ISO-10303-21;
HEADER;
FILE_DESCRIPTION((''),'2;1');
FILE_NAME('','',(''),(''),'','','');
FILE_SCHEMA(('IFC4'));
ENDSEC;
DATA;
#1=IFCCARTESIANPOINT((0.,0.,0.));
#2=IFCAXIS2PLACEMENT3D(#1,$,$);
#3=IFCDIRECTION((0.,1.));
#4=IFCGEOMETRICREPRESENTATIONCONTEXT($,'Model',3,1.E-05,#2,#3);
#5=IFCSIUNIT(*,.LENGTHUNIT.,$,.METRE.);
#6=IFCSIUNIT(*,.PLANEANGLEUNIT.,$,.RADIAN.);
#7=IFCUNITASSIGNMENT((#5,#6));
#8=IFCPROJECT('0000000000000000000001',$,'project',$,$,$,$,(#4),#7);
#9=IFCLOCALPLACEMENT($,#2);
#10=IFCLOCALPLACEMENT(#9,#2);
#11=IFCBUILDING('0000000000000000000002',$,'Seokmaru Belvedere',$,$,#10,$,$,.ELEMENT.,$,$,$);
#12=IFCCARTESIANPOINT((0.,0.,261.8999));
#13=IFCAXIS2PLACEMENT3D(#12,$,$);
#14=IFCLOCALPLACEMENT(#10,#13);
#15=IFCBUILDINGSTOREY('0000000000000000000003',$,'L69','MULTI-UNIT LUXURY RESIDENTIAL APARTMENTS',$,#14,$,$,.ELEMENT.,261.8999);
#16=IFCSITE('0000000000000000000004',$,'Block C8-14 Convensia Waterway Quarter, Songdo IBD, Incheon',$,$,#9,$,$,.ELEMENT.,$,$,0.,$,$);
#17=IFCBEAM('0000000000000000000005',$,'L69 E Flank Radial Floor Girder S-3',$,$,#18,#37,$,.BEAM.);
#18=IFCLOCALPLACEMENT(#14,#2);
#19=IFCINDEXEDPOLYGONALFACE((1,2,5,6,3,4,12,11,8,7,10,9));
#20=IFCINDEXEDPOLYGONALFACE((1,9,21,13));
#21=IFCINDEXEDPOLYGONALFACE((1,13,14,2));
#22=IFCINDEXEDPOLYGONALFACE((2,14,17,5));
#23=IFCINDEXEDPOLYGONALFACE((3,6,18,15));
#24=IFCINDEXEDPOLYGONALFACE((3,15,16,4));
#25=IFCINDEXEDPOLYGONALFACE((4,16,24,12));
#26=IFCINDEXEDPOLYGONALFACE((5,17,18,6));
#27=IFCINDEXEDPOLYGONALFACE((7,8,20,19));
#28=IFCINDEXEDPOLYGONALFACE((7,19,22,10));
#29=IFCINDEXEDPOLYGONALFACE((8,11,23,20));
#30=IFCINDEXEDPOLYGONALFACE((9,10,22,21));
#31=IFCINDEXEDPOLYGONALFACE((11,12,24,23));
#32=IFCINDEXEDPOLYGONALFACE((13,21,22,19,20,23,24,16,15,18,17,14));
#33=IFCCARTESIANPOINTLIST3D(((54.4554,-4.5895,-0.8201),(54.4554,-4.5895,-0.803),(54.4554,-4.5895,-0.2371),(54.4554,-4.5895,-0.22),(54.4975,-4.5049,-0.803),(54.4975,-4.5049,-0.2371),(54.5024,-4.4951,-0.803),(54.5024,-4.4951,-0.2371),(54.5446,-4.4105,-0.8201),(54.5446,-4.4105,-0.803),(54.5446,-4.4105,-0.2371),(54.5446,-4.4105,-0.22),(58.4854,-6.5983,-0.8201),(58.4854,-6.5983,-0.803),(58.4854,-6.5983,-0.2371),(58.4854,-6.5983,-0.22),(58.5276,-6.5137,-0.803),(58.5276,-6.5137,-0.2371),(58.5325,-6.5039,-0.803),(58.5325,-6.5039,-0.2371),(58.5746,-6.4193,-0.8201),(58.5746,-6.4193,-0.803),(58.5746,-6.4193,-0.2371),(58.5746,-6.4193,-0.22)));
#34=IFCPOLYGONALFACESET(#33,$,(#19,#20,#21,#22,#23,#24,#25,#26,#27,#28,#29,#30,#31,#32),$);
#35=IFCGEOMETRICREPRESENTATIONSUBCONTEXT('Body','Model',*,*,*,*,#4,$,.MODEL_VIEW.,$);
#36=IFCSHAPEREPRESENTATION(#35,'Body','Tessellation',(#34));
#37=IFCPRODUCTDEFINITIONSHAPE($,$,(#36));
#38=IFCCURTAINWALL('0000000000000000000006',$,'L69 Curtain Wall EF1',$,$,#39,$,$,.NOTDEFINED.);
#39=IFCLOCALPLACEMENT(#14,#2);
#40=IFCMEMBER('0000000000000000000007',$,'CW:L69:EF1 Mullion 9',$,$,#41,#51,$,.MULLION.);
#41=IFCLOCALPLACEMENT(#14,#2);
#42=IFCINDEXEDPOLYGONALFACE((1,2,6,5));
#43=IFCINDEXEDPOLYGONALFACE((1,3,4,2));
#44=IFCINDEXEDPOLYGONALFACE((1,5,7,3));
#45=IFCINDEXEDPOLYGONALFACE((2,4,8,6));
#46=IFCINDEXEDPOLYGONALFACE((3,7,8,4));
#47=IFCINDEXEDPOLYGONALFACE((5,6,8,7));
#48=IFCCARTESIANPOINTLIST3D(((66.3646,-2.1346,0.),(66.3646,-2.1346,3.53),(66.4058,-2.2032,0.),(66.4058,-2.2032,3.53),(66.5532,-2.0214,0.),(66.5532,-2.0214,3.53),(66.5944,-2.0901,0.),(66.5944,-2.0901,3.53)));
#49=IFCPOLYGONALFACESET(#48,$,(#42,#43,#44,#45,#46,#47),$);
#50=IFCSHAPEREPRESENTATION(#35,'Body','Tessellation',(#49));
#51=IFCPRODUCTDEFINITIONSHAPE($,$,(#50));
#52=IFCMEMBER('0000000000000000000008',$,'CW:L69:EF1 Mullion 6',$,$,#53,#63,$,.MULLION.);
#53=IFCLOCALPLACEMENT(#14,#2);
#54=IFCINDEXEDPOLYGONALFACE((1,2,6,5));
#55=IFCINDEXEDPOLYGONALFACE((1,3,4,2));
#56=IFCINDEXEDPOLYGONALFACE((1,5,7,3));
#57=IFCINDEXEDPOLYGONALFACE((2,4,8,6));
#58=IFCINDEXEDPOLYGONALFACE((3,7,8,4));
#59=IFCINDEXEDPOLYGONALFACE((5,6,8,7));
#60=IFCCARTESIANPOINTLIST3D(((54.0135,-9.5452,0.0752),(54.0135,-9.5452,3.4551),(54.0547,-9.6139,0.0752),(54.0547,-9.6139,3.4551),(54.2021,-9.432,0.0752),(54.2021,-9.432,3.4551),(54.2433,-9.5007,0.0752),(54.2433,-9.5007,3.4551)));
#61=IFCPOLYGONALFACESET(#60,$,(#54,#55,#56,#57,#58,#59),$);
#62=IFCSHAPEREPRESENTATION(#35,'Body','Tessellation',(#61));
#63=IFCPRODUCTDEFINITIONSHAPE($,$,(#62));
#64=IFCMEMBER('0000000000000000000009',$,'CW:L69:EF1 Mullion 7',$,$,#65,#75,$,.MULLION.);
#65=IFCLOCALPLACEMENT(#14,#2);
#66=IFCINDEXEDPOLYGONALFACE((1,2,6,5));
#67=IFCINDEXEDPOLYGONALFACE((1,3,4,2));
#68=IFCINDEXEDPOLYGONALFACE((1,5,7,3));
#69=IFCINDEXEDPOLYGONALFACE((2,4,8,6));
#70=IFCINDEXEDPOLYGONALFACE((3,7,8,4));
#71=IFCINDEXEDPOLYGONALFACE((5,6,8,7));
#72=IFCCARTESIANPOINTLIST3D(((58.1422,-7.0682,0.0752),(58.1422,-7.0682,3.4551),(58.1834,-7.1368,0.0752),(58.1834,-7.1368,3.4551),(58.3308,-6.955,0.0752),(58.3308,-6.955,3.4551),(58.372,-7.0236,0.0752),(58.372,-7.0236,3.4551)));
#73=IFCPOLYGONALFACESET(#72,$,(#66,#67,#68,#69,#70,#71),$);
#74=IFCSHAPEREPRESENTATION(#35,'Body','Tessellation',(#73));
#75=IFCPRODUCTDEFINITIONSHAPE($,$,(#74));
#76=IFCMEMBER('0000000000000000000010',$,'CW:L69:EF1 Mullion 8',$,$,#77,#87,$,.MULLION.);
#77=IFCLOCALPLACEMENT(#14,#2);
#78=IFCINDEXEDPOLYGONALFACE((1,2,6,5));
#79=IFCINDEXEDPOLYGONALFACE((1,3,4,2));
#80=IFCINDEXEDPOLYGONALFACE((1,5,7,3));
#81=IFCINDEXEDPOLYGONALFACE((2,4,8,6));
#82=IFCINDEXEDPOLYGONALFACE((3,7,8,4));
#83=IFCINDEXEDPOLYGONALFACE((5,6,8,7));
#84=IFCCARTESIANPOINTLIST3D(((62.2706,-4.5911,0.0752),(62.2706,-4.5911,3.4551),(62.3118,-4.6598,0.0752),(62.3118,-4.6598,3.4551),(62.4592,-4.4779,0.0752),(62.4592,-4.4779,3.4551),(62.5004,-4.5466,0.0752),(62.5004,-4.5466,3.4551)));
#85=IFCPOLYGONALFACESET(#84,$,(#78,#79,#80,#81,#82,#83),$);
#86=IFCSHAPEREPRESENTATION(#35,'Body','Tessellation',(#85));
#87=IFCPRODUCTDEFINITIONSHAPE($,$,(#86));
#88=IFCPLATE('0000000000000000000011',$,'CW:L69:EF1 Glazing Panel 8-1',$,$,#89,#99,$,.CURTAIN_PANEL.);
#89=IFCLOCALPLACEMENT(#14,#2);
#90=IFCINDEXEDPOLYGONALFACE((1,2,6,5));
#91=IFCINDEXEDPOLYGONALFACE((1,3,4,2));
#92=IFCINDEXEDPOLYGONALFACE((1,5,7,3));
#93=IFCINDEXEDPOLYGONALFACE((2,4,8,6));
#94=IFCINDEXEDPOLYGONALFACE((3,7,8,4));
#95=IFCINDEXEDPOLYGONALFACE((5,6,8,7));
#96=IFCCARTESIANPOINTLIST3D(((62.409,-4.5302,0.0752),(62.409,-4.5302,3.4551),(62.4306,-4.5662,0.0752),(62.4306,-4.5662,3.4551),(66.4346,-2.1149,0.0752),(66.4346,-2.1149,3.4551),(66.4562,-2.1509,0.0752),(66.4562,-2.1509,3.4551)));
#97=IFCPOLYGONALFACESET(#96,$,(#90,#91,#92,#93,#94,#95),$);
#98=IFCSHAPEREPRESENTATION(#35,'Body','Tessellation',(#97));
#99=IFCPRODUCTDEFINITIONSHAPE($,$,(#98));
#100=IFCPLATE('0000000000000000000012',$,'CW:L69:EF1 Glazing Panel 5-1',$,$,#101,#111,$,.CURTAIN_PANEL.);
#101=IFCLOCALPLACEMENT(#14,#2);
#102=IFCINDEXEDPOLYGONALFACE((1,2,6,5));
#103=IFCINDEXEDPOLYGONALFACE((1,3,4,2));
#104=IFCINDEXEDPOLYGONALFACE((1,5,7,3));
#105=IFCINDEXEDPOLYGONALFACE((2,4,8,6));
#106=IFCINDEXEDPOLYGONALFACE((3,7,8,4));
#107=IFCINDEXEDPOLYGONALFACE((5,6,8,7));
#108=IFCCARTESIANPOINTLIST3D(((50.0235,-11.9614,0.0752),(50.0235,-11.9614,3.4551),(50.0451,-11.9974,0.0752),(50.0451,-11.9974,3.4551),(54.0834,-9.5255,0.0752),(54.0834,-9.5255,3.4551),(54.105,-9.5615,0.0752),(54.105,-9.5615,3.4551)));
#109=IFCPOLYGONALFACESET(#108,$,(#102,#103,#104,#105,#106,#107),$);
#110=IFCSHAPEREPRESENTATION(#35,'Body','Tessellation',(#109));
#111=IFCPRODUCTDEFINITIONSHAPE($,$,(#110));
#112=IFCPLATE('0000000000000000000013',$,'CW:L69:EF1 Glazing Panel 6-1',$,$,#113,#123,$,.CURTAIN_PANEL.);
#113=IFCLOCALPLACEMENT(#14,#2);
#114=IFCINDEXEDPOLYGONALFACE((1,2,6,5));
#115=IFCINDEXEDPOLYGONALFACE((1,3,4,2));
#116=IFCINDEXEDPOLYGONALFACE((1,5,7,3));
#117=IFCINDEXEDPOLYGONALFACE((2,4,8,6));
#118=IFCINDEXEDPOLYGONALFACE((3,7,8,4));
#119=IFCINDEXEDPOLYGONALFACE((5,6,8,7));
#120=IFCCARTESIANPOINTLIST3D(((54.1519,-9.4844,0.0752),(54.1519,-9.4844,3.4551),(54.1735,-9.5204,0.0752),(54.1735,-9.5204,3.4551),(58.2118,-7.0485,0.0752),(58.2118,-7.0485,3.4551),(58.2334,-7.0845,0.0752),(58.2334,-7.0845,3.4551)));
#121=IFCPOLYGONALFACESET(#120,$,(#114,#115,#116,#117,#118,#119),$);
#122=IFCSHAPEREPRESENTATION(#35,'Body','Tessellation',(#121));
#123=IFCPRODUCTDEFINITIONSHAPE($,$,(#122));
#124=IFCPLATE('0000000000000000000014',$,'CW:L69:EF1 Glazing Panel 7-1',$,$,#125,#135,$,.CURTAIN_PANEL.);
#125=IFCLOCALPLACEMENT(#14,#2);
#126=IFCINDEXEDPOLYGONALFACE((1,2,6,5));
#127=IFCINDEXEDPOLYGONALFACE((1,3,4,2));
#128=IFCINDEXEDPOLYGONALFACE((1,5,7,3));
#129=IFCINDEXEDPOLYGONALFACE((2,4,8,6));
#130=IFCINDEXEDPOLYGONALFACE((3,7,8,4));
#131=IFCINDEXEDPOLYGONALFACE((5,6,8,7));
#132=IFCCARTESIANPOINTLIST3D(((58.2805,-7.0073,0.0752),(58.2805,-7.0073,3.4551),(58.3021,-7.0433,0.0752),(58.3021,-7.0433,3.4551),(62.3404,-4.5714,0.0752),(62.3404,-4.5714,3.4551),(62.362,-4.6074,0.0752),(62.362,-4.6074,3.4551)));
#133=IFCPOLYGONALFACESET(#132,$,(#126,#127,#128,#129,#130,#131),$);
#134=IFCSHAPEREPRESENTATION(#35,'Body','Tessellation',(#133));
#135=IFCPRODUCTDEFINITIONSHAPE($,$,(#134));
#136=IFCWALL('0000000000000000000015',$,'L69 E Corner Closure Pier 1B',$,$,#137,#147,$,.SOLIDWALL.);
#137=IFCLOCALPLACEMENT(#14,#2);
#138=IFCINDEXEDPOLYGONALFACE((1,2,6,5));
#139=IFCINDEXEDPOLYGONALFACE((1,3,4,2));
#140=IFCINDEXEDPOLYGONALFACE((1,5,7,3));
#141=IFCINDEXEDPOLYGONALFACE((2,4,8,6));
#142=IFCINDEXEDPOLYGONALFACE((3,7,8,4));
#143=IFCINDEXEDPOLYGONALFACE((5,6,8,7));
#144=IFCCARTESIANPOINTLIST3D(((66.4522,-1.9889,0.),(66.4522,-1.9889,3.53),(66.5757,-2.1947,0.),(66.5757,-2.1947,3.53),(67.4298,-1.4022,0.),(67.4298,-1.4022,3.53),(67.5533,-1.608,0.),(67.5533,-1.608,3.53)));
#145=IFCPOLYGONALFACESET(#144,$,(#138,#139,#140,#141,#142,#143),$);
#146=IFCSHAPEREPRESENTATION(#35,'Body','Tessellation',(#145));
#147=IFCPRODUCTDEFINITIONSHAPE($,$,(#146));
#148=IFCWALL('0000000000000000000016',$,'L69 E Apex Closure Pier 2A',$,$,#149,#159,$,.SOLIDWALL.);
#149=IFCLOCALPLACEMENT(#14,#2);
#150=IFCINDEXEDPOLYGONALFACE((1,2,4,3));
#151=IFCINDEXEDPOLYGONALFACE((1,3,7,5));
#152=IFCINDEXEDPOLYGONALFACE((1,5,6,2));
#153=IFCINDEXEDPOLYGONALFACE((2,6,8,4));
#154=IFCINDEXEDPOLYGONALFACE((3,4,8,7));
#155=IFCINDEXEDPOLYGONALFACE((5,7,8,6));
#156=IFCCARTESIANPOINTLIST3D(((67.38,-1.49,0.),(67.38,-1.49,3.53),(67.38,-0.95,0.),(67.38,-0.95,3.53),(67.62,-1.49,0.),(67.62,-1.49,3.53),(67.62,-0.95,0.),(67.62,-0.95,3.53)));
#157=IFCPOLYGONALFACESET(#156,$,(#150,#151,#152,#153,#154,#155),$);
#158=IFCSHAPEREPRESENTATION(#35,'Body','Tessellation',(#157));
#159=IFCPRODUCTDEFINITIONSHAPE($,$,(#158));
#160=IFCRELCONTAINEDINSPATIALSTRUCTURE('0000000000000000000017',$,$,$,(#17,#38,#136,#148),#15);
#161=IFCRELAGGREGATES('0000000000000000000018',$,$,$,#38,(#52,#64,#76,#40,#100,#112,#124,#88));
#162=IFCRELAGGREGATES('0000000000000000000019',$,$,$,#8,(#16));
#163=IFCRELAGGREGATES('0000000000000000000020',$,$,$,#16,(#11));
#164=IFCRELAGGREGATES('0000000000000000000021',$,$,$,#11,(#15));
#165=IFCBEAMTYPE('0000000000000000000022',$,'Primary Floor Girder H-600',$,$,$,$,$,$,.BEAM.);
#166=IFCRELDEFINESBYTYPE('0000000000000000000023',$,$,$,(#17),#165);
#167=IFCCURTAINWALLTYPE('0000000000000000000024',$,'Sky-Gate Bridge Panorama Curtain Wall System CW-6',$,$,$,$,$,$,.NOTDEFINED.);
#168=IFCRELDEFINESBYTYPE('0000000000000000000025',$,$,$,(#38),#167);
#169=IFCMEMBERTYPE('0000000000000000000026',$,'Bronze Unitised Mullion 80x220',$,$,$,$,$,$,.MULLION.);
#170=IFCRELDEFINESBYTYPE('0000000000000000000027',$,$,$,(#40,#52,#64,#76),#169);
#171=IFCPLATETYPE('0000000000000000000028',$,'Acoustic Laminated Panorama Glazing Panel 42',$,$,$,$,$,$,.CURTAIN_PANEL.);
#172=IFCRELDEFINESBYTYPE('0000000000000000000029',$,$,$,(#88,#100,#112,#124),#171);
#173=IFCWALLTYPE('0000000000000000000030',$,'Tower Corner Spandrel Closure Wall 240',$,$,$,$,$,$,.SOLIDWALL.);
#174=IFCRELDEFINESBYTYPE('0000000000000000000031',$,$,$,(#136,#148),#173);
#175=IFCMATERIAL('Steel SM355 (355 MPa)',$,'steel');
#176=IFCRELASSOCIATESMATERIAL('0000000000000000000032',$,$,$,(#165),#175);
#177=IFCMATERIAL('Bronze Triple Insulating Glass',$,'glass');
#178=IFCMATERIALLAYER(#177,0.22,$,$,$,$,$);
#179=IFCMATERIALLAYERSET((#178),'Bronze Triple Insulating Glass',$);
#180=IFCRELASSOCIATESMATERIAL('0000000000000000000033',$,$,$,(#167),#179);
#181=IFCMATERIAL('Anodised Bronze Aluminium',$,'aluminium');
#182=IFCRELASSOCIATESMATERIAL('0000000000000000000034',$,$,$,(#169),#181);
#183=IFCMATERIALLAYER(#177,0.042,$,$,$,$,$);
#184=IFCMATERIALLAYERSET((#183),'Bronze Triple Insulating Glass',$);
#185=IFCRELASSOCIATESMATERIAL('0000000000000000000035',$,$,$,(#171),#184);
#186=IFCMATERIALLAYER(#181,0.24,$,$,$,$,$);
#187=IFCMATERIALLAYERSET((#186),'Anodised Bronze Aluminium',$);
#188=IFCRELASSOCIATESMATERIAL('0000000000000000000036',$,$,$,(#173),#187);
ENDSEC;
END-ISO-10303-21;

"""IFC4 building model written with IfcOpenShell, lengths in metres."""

from ifc_helpers import new_model, si_unit, direction, frame, frame_2d, origin, origin_2d, place, context, subcontext, project, spatial, rectangle, i_section, extrude, source, transform, mapped, material, layer, layer_set, material_profile, profile_set, type_object, type_shapes, element, aggregate, save


model = new_model("IFC4")

# Units and contexts
model_context = context("Model", 3, precision=1e-05, world=origin(), true_north=direction((0.0, 1.0)))
body_context = subcontext(model_context, "Body", "Model", "MODEL_VIEW")
ifc_project = project(units=[si_unit("LENGTHUNIT", "METRE"), si_unit("PLANEANGLEUNIT", "RADIAN")], contexts=[model_context])

# Site, building, storey
site_placement = place(None, origin())
site = spatial("IfcSite", under=ifc_project, at=site_placement, Name="Block C8-14 Convensia Waterway Quarter, Songdo IBD, Incheon", CompositionType="ELEMENT", RefElevation=0.0)
building_placement = place(site_placement, origin())
building = spatial("IfcBuilding", under=site, at=building_placement, Name="Seokmaru Belvedere", CompositionType="ELEMENT")
storey_placement = place(building_placement, frame((0.0, 0.0, 261.8999)))
storey = spatial("IfcBuildingStorey", under=building, at=storey_placement, Name="L69", Description="MULTI-UNIT LUXURY RESIDENTIAL APARTMENTS", CompositionType="ELEMENT", Elevation=261.8999)

# Shared definitions
ifc_material_1 = material(Name="Steel SM355 (355 MPa)", Category="steel")

# Beam
ifc_material_profile_1 = material_profile(ifc_material_1, i_section(OverallWidth=0.2, OverallDepth=0.6001, WebThickness=0.011, FlangeThickness=0.0171, at=origin_2d()), Name="H-600x200x11x17")
ifc_profile_set_1 = profile_set([ifc_material_profile_1], Name="Steel SM355 (355 MPa)")
beam_type_1 = type_object("IfcBeamType", Name="Primary Floor Girder H-600", PredefinedType="BEAM", material=ifc_profile_set_1)
shared_shape_1 = source(origin(), body_context, "Body", "SweptSolid", [
    extrude(i_section(OverallWidth=0.2, OverallDepth=0.6001, WebThickness=0.011, FlangeThickness=0.0171, at=origin_2d()), origin(), (0.0, 0.0, 1.0), 4.5029),
])
beam_1_placement = place(storey_placement, frame((58.53, -6.5088, -0.52), z_axis=(-0.89498, 0.446107, 0.0), x_axis=(-0.446107, -0.89498, 0.0)))
element("IfcBeam", 1, at=beam_1_placement, inside=storey, type_object=beam_type_1, Name="L69 E Flank Radial Floor Girder S-3", PredefinedType="BEAM", context=body_context, shape_type="MappedRepresentation", body=[
    mapped(shared_shape_1, transform((0.0, 0.0, 0.0), scale=1.0)),
])

# Curtain wall, members, plates
ifc_material_2 = material(Name="Bronze Triple Insulating Glass", Category="glass")
ifc_layer_1 = layer(ifc_material_2, 0.22)
ifc_layer_set_1 = layer_set([ifc_layer_1], Name="Bronze Triple Insulating Glass")
curtain_wall_type = type_object("IfcCurtainWallType", Name="Sky-Gate Bridge Panorama Curtain Wall System CW-6", PredefinedType="NOTDEFINED", material=ifc_layer_set_1)
curtain_wall_placement = place(storey_placement, origin())
curtain_wall = element("IfcCurtainWall", 2, at=curtain_wall_placement, inside=storey, type_object=curtain_wall_type, Name="L69 Curtain Wall EF1", PredefinedType="NOTDEFINED")
ifc_material_3 = material(Name="Anodised Bronze Aluminium", Category="aluminium")
ifc_material_profile_2 = material_profile(ifc_material_3, rectangle(XDim=0.0801, YDim=0.22, at=origin_2d()), Name="CW-M-80x220")
ifc_profile_set_2 = profile_set([ifc_material_profile_2], Name="Anodised Bronze Aluminium")
member_type = type_object("IfcMemberType", Name="Bronze Unitised Mullion 80x220", PredefinedType="MULLION", material=ifc_profile_set_2)
shared_shape_2 = source(origin(), body_context, "Body", "SweptSolid", [
    extrude(rectangle(XDim=0.0801, YDim=0.22, at=origin_2d()), origin(), (0.0, 0.0, 1.0), 3.53),
])
member_1_placement = place(storey_placement, frame((66.4795, -2.1123, 0.0), z_axis=(0.0, 0.0, 1.0), x_axis=(-0.514495, 0.857493, 0.0)))
member_1 = element("IfcMember", 3, at=member_1_placement, type_object=member_type, Name="CW:L69:EF1 Mullion 9", PredefinedType="MULLION", context=body_context, shape_type="MappedRepresentation", body=[
    mapped(shared_shape_2, transform((0.0, 0.0, 0.0), scale=1.0)),
])
shared_shape_3 = source(origin(), body_context, "Body", "SweptSolid", [
    extrude(rectangle(XDim=0.0801, YDim=0.22, at=origin_2d()), origin(), (0.0, 0.0, 1.0), 3.3799),
])
type_shapes(member_type, [shared_shape_2, shared_shape_3])
member_2_placement = place(storey_placement, frame((54.1284, -9.5229, 0.0752), z_axis=(0.0, 0.0, 1.0), x_axis=(-0.514495, 0.857493, 0.0)))
member_2 = element("IfcMember", 4, at=member_2_placement, type_object=member_type, Name="CW:L69:EF1 Mullion 6", PredefinedType="MULLION", context=body_context, shape_type="MappedRepresentation", body=[
    mapped(shared_shape_3, transform((0.0, 0.0, 0.0), scale=1.0)),
])
member_3_placement = place(storey_placement, frame((58.2571, -7.0459, 0.0752), z_axis=(0.0, 0.0, 1.0), x_axis=(-0.514495, 0.857493, 0.0)))
member_3 = element("IfcMember", 5, at=member_3_placement, type_object=member_type, Name="CW:L69:EF1 Mullion 7", PredefinedType="MULLION", context=body_context, shape_type="MappedRepresentation", body=[
    mapped(shared_shape_3, transform((0.0, 0.0, 0.0), scale=1.0)),
])
member_4_placement = place(storey_placement, frame((62.3855, -4.5688, 0.0752), z_axis=(0.0, 0.0, 1.0), x_axis=(-0.514495, 0.857493, 0.0)))
member_4 = element("IfcMember", 6, at=member_4_placement, type_object=member_type, Name="CW:L69:EF1 Mullion 8", PredefinedType="MULLION", context=body_context, shape_type="MappedRepresentation", body=[
    mapped(shared_shape_3, transform((0.0, 0.0, 0.0), scale=1.0)),
])
ifc_layer_2 = layer(ifc_material_2, 0.042)
ifc_layer_set_2 = layer_set([ifc_layer_2], Name="Bronze Triple Insulating Glass")
plate_type = type_object("IfcPlateType", Name="Acoustic Laminated Panorama Glazing Panel 42", PredefinedType="CURTAIN_PANEL", material=ifc_layer_set_2)
shared_shape_4 = source(origin(), body_context, "Body", "SweptSolid", [
    extrude(rectangle(XDim=4.6946, YDim=0.042, at=origin_2d()), origin(), (0.0, 0.0, 1.0), 3.3799),
])
plate_1_placement = place(storey_placement, frame((64.4326, -3.3406, 0.0752), z_axis=(0.0, 0.0, 1.0), x_axis=(0.857493, 0.514495, 0.0)))
plate_1 = element("IfcPlate", 7, at=plate_1_placement, type_object=plate_type, Name="CW:L69:EF1 Glazing Panel 8-1", PredefinedType="CURTAIN_PANEL", context=body_context, shape_type="MappedRepresentation", body=[
    mapped(shared_shape_4, transform((0.0, 0.0, 0.0), scale=1.0)),
])
shared_shape_5 = source(origin(), body_context, "Body", "SweptSolid", [
    extrude(rectangle(XDim=4.7346, YDim=0.042, at=origin_2d()), origin(), (0.0, 0.0, 1.0), 3.3799),
])
type_shapes(plate_type, [shared_shape_4, shared_shape_5])
plate_2_placement = place(storey_placement, frame((52.0642, -10.7615, 0.0752), z_axis=(0.0, 0.0, 1.0), x_axis=(0.857493, 0.514495, 0.0)))
plate_2 = element("IfcPlate", 8, at=plate_2_placement, type_object=plate_type, Name="CW:L69:EF1 Glazing Panel 5-1", PredefinedType="CURTAIN_PANEL", context=body_context, shape_type="MappedRepresentation", body=[
    mapped(shared_shape_5, transform((0.0, 0.0, 0.0), scale=1.0)),
])
plate_3_placement = place(storey_placement, frame((56.1926, -8.2844, 0.0752), z_axis=(0.0, 0.0, 1.0), x_axis=(0.857493, 0.514495, 0.0)))
plate_3 = element("IfcPlate", 9, at=plate_3_placement, type_object=plate_type, Name="CW:L69:EF1 Glazing Panel 6-1", PredefinedType="CURTAIN_PANEL", context=body_context, shape_type="MappedRepresentation", body=[
    mapped(shared_shape_5, transform((0.0, 0.0, 0.0), scale=1.0)),
])
plate_4_placement = place(storey_placement, frame((60.3213, -5.8074, 0.0752), z_axis=(0.0, 0.0, 1.0), x_axis=(0.857493, 0.514495, 0.0)))
plate_4 = element("IfcPlate", 10, at=plate_4_placement, type_object=plate_type, Name="CW:L69:EF1 Glazing Panel 7-1", PredefinedType="CURTAIN_PANEL", context=body_context, shape_type="MappedRepresentation", body=[
    mapped(shared_shape_5, transform((0.0, 0.0, 0.0), scale=1.0)),
])
aggregate(curtain_wall, [member_2, member_3, member_4, member_1, plate_2, plate_3, plate_4, plate_1])

# Walls
ifc_layer_3 = layer(ifc_material_3, 0.24)
ifc_layer_set_3 = layer_set([ifc_layer_3], Name="Anodised Bronze Aluminium")
wall_type_1 = type_object("IfcWallType", Name="Tower Corner Spandrel Closure Wall 240", PredefinedType="SOLIDWALL", material=ifc_layer_set_3)
wall_1_placement = place(storey_placement, frame((66.5139, -2.0918, 0.0), z_axis=(0.0, 0.0, 1.0), x_axis=(0.857436, 0.51459, 0.0)))
element("IfcWall", 11, at=wall_1_placement, inside=storey, type_object=wall_type_1, Name="L69 E Corner Closure Pier 1B", PredefinedType="SOLIDWALL", context=body_context, shape_type="SweptSolid", body=[
    extrude(rectangle(XDim=1.1401, YDim=0.24, at=frame_2d((0.5701, 0.0))), origin(), (0.0, 0.0, 1.0), 3.53),
])
wall_2_placement = place(storey_placement, frame((67.5, -1.49, 0.0), z_axis=(0.0, 0.0, 1.0), x_axis=(0.0, 1.0, 0.0)))
element("IfcWall", 12, at=wall_2_placement, inside=storey, type_object=wall_type_1, Name="L69 E Apex Closure Pier 2A", PredefinedType="SOLIDWALL", context=body_context, shape_type="SweptSolid", body=[
    extrude(rectangle(XDim=0.54, YDim=0.24, at=frame_2d((0.27, 0.0))), origin(), (0.0, 0.0, 1.0), 3.53),
])

save(model, "model.ifc")
